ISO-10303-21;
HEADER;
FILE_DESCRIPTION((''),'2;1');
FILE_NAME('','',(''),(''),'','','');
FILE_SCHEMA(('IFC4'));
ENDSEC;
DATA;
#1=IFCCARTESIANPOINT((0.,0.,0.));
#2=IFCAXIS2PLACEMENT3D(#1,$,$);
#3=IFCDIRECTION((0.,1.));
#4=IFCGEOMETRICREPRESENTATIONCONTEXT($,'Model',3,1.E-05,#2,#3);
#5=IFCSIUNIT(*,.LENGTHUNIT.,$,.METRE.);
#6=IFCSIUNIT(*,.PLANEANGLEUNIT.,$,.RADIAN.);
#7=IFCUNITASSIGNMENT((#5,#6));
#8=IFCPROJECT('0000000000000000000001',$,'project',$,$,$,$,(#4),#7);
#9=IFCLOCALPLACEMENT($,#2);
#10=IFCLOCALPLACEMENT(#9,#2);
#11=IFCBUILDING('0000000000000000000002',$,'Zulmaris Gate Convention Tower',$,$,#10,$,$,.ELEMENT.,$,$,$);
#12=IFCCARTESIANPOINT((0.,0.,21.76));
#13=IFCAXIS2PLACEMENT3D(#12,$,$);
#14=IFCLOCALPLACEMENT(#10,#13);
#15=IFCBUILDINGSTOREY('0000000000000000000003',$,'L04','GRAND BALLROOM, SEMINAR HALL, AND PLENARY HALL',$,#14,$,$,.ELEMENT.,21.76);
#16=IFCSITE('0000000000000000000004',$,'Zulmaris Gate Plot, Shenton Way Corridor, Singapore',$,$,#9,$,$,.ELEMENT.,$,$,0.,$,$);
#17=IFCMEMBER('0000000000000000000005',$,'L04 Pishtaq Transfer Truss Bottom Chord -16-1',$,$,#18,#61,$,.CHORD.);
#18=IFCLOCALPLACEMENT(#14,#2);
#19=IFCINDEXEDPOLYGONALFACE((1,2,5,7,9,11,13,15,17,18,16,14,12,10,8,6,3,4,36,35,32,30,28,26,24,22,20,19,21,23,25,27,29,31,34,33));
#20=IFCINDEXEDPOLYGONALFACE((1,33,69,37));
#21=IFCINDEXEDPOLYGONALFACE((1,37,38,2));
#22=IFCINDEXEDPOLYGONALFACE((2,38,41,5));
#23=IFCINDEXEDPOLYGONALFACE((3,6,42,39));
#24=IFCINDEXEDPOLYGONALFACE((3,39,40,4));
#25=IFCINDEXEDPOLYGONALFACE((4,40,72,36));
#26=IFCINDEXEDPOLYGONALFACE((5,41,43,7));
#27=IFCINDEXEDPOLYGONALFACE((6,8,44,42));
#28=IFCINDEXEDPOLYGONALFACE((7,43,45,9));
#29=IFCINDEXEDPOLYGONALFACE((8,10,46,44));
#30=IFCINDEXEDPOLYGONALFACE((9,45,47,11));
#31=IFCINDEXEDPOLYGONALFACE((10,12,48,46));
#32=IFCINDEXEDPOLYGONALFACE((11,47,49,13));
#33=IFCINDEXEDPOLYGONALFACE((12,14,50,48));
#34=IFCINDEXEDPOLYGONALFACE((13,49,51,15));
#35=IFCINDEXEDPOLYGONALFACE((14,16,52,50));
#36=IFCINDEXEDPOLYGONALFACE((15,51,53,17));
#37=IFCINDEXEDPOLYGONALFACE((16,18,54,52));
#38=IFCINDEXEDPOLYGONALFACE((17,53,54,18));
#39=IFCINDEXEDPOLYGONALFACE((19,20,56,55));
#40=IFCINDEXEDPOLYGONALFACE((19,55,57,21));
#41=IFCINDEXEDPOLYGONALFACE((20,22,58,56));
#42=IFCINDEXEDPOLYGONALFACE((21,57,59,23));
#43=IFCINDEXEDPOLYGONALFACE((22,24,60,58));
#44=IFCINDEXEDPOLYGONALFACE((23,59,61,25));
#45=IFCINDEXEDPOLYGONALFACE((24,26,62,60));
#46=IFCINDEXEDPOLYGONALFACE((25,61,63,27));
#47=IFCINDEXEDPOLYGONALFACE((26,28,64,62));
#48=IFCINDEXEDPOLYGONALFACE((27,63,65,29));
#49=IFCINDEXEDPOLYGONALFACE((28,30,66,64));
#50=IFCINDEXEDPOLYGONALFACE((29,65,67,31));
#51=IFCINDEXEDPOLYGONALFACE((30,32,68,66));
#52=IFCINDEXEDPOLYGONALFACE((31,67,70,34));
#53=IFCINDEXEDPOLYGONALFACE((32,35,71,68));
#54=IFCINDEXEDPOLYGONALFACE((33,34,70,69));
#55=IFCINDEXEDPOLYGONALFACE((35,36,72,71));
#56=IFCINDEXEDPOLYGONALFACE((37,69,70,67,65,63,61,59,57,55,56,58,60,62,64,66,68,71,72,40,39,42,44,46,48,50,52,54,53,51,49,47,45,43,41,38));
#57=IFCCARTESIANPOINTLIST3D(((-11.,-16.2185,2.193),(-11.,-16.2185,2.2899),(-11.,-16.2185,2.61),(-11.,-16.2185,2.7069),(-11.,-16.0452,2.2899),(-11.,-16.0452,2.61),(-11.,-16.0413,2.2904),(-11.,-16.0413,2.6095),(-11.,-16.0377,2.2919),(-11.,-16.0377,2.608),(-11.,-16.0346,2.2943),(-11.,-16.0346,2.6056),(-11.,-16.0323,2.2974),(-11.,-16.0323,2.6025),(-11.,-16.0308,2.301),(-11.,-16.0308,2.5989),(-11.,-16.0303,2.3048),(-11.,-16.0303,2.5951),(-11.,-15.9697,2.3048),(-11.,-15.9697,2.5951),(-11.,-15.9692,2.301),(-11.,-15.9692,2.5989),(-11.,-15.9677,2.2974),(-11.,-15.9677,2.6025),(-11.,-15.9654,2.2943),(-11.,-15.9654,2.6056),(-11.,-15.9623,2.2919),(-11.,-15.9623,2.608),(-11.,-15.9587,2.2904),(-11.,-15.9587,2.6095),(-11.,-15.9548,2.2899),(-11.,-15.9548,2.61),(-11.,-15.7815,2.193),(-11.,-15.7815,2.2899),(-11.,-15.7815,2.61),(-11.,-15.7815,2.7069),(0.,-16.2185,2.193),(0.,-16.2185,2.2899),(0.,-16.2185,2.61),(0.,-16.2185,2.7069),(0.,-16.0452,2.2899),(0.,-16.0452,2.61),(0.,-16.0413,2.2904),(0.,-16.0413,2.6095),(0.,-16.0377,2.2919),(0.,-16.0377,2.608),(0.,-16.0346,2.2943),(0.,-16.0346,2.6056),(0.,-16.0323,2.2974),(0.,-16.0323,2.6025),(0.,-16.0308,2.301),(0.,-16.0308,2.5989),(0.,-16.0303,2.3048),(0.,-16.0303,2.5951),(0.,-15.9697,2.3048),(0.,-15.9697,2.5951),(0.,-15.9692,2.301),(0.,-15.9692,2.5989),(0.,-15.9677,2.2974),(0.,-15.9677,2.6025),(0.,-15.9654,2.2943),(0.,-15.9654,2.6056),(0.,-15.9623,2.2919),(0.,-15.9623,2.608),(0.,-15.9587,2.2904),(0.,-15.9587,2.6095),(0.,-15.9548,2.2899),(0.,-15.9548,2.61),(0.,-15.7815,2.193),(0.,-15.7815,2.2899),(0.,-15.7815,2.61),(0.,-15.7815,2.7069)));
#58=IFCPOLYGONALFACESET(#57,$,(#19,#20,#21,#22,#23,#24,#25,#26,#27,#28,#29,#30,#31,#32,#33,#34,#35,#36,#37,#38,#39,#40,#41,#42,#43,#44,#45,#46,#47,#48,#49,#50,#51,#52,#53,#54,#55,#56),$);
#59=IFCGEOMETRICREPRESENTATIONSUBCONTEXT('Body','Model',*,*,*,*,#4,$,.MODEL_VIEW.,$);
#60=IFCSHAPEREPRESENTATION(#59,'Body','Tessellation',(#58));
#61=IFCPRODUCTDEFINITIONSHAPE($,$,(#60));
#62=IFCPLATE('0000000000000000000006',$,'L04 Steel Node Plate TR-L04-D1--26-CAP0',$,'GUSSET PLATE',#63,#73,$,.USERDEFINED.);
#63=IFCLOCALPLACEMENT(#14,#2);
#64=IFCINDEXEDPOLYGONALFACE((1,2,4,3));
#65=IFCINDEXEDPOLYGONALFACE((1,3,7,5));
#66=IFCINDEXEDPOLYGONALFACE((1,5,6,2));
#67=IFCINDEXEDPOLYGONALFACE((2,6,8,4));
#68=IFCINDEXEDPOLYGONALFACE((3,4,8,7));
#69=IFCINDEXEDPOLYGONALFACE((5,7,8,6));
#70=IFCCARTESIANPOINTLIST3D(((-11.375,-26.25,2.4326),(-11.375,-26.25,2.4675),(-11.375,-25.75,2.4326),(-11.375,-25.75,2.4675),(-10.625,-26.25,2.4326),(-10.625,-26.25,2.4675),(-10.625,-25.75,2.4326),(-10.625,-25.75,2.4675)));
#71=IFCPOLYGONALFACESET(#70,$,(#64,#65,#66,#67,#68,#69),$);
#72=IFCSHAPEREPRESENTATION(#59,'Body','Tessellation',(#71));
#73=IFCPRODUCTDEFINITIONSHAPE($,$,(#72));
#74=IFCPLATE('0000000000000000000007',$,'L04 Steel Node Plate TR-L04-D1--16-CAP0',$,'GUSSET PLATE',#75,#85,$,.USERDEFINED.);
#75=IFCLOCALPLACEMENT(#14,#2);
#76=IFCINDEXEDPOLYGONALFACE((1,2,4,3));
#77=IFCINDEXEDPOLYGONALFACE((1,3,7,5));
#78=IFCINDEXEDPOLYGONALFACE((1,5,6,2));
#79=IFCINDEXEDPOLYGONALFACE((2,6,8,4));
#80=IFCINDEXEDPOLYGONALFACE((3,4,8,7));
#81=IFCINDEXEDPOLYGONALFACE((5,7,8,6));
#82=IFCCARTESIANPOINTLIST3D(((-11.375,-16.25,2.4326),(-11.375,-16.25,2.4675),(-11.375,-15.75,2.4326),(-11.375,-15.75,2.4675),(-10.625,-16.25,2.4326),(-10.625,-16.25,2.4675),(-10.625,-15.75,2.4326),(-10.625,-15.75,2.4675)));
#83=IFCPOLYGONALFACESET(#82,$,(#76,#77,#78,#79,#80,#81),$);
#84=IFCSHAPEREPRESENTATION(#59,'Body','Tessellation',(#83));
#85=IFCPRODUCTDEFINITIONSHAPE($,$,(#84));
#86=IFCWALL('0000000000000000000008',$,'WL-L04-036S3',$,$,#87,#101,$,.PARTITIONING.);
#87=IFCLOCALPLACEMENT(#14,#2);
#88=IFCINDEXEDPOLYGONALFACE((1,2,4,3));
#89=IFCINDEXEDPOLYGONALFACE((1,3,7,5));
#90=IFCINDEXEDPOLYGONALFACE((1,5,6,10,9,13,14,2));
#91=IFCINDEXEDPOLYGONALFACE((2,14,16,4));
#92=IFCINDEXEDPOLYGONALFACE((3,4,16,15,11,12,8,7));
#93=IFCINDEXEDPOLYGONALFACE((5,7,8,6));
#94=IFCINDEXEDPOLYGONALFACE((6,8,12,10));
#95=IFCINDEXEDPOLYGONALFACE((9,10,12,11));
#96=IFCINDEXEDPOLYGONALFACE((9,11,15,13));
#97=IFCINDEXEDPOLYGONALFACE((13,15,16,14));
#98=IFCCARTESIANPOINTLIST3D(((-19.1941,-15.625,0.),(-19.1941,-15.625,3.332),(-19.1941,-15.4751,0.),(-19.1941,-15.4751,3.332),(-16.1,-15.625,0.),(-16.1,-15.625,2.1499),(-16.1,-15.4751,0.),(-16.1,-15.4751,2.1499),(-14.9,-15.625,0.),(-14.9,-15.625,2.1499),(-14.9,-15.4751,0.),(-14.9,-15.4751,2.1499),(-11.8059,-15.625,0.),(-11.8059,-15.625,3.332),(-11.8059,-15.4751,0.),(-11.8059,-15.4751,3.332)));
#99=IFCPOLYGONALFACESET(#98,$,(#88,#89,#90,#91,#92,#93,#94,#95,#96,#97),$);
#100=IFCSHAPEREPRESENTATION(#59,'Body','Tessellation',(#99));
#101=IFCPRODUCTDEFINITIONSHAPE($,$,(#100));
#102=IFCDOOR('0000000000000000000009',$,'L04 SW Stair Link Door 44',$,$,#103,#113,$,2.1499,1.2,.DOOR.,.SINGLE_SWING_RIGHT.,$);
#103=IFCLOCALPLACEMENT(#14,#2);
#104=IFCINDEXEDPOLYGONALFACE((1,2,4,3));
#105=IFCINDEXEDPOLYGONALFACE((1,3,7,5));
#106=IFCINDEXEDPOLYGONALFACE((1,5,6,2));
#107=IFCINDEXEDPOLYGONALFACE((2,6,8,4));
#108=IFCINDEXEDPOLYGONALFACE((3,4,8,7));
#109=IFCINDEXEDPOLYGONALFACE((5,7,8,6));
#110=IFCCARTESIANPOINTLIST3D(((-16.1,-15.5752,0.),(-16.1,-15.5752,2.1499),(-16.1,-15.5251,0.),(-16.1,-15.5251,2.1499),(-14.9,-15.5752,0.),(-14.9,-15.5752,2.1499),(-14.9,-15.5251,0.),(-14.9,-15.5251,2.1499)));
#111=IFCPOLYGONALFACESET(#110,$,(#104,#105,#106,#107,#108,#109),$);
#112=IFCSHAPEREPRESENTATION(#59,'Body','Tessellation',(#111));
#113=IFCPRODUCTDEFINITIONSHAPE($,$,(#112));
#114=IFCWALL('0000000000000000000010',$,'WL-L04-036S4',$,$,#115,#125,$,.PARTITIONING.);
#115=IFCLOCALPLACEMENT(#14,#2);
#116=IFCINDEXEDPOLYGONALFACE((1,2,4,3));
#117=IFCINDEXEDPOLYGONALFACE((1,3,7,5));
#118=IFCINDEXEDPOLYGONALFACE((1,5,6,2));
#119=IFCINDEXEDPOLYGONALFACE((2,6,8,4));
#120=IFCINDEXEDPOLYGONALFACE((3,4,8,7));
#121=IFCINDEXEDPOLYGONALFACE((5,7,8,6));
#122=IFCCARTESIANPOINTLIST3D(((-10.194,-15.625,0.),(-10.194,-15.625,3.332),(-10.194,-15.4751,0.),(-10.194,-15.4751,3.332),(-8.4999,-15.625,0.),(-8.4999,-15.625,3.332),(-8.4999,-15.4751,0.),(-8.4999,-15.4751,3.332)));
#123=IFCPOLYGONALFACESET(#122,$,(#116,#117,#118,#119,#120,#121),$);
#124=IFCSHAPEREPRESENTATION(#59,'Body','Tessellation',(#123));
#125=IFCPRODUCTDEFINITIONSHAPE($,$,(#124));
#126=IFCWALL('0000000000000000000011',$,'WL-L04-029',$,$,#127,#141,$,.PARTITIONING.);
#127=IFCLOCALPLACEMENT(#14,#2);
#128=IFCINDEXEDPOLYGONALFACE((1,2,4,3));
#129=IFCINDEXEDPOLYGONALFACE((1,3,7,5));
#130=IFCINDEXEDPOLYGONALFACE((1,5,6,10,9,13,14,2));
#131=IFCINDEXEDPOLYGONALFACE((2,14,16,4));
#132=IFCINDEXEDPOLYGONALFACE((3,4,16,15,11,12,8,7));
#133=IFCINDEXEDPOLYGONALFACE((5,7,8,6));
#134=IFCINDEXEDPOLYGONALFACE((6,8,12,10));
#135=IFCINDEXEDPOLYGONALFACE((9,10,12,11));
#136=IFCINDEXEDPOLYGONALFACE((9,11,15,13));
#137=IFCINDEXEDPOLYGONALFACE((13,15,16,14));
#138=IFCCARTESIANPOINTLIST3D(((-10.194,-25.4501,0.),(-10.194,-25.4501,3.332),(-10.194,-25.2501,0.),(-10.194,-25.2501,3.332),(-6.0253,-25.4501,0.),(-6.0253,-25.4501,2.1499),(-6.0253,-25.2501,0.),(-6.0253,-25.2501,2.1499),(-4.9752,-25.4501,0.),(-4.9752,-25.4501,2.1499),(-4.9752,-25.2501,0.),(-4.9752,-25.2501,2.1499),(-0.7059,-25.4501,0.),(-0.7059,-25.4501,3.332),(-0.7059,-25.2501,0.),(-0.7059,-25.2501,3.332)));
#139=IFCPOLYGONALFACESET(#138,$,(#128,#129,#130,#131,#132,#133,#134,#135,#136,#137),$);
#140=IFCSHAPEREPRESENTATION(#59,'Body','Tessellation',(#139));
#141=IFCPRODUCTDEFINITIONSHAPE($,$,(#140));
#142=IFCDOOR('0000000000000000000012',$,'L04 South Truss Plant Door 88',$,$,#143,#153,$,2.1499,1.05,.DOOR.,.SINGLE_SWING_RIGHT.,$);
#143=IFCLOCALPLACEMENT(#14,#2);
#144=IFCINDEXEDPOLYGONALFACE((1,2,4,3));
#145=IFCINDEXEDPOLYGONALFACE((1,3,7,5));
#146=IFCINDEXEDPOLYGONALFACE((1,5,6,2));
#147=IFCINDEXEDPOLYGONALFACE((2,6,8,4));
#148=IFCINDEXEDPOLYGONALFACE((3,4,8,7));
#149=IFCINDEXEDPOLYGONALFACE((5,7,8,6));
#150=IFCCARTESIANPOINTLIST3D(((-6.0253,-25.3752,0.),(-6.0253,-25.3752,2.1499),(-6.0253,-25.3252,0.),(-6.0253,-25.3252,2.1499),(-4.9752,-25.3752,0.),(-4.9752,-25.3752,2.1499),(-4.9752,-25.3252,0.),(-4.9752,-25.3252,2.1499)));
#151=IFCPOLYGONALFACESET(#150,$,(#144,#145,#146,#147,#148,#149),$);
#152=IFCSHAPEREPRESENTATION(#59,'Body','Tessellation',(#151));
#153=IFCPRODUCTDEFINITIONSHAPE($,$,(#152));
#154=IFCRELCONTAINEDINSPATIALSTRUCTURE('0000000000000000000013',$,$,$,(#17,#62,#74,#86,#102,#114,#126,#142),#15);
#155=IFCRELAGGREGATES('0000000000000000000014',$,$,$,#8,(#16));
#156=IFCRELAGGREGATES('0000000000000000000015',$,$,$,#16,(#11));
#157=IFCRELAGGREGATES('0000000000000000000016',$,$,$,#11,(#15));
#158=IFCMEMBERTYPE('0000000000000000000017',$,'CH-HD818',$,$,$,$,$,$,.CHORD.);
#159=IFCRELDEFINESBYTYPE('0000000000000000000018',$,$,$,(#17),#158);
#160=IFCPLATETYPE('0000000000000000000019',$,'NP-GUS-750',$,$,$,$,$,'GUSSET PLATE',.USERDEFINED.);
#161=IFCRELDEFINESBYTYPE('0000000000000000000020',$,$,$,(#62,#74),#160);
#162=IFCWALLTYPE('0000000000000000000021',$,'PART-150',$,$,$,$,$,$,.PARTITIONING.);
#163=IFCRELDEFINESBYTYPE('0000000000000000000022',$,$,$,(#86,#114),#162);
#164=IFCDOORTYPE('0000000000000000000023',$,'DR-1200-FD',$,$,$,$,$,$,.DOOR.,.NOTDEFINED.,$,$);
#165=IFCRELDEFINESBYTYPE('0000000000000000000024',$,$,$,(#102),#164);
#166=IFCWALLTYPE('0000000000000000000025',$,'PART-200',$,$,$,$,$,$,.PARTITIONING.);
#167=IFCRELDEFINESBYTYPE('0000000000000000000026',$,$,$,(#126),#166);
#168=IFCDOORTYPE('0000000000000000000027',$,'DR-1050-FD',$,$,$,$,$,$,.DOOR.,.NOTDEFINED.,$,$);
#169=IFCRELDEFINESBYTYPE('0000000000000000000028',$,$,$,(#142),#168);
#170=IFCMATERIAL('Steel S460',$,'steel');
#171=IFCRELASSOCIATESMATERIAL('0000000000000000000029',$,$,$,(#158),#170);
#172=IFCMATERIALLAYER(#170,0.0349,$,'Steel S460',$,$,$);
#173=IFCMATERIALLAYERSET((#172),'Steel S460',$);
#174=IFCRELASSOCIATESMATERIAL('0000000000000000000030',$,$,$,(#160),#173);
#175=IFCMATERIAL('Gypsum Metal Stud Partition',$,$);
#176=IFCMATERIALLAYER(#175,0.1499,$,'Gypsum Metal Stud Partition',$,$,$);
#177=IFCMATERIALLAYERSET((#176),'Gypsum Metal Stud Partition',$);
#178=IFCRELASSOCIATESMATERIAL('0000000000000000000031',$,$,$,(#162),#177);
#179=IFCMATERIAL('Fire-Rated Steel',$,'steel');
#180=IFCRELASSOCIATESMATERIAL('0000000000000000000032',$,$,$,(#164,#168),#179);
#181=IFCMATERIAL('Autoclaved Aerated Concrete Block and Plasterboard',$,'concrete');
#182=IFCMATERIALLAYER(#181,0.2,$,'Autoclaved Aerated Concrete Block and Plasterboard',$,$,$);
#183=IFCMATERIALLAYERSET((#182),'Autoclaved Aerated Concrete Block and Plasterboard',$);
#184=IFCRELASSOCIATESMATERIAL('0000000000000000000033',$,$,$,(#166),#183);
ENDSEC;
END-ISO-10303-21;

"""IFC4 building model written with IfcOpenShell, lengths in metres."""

from ifc_helpers import new_model, si_unit, direction, frame, frame_2d, origin, origin_2d, place, context, subcontext, project, spatial, rectangle, i_section, extrude, material, layer, layer_set, material_profile, profile_set, type_object, element, fill, save


model = new_model("IFC4")

# Units and contexts
model_context = context("Model", 3, precision=1e-05, world=origin(), true_north=direction((0.0, 1.0)))
body_context = subcontext(model_context, "Body", "Model", "MODEL_VIEW")
ifc_project = project(units=[si_unit("LENGTHUNIT", "METRE"), si_unit("PLANEANGLEUNIT", "RADIAN")], contexts=[model_context])

# Site, building, storey
site_placement = place(None, origin())
site = spatial("IfcSite", under=ifc_project, at=site_placement, Name="Zulmaris Gate Plot, Shenton Way Corridor, Singapore", CompositionType="ELEMENT", RefElevation=0.0)
building_placement = place(site_placement, origin())
building = spatial("IfcBuilding", under=site, at=building_placement, Name="Zulmaris Gate Convention Tower", CompositionType="ELEMENT")
storey_placement = place(building_placement, frame((0.0, 0.0, 21.76)))
storey = spatial("IfcBuildingStorey", under=building, at=storey_placement, Name="L04", Description="GRAND BALLROOM, SEMINAR HALL, AND PLENARY HALL", CompositionType="ELEMENT", Elevation=21.76)

# Member
ifc_material_1 = material(Name="Steel S460", Category="steel")
ifc_material_profile_1 = material_profile(ifc_material_1, i_section(OverallWidth=0.437, OverallDepth=0.5139, WebThickness=0.0605, FlangeThickness=0.0969, FilletRadius=0.0149, at=origin_2d()), Name="HD 400x818")
ifc_profile_set_1 = profile_set([ifc_material_profile_1], Name="Steel S460")
member_type_1 = type_object("IfcMemberType", Name="CH-HD818", PredefinedType="CHORD", material=ifc_profile_set_1)
for number, where, z_axis, x_axis, name in (
    (1, (-11.0, -16.0, 2.45), (1.0, 0.0, 0.0), (0.0, 1.0, 0.0), "L04 Pishtaq Transfer Truss Bottom Chord -16-1"),
):
    element("IfcMember", number, at=place(storey_placement, frame(where, z_axis=z_axis, x_axis=x_axis)), inside=storey, type_object=member_type_1, Name=name, PredefinedType="CHORD", context=body_context, shape_type="SweptSolid", body=[
        extrude(i_section(OverallWidth=0.437, OverallDepth=0.5139, WebThickness=0.0605, FlangeThickness=0.0969, FilletRadius=0.0149, at=origin_2d()), origin(), (0.0, 0.0, 1.0), 11.0),
    ])

# Plates
ifc_layer_1 = layer(ifc_material_1, 0.0349, Name="Steel S460")
ifc_layer_set_1 = layer_set([ifc_layer_1], Name="Steel S460")
plate_type = type_object("IfcPlateType", Name="NP-GUS-750", ElementType="GUSSET PLATE", PredefinedType="USERDEFINED", material=ifc_layer_set_1)
for number, where, z_axis, x_axis, name in (
    (2, (-11.0, -26.0, 2.4326), (0.0, 0.0, 1.0), (1.0, 0.0, 0.0), "L04 Steel Node Plate TR-L04-D1--26-CAP0"),
    (3, (-11.0, -16.0, 2.4326), (0.0, 0.0, 1.0), (1.0, 0.0, 0.0), "L04 Steel Node Plate TR-L04-D1--16-CAP0"),
):
    element("IfcPlate", number, at=place(storey_placement, frame(where, z_axis=z_axis, x_axis=x_axis)), inside=storey, type_object=plate_type, Name=name, ObjectType="GUSSET PLATE", PredefinedType="USERDEFINED", context=body_context, shape_type="SweptSolid", body=[
        extrude(rectangle(XDim=0.75, YDim=0.5, at=origin_2d()), origin(), (0.0, 0.0, 1.0), 0.0349),
    ])

# Wall, opening, door
ifc_material_2 = material(Name="Gypsum Metal Stud Partition")
ifc_layer_2 = layer(ifc_material_2, 0.1499, Name="Gypsum Metal Stud Partition")
ifc_layer_set_2 = layer_set([ifc_layer_2], Name="Gypsum Metal Stud Partition")
wall_type_1 = type_object("IfcWallType", Name="PART-150", PredefinedType="PARTITIONING", material=ifc_layer_set_2)
wall_1_placement = place(storey_placement, frame((-19.1941, -15.55, 0.0), z_axis=(0.0, 0.0, 1.0), x_axis=(1.0, 0.0, 0.0)))
wall_1 = element("IfcWall", 4, at=wall_1_placement, inside=storey, type_object=wall_type_1, Name="WL-L04-036S3", PredefinedType="PARTITIONING", context=body_context, shape_type="SweptSolid", body=[
    extrude(rectangle(XDim=7.3882, YDim=0.1499, at=frame_2d((3.6941, 0.0))), origin(), (0.0, 0.0, 1.0), 3.332),
])
opening_1_placement = place(wall_1_placement, frame((3.094, 0.0, 0.0)))
opening_1 = element("IfcOpeningElement", 5, at=opening_1_placement, cuts=wall_1, PredefinedType="OPENING", context=body_context, shape_type="SweptSolid", body=[
    extrude(rectangle(XDim=1.2, YDim=2.1499, at=frame_2d((0.6001, 1.075))), frame((0.0, 0.085, 0.0), z_axis=(0.0, -1.0, 0.0), x_axis=(1.0, 0.0, 0.0)), (0.0, 0.0, 1.0), 0.1699),
])
ifc_material_3 = material(Name="Fire-Rated Steel", Category="steel")
door_type_1 = type_object("IfcDoorType", Name="DR-1200-FD", OperationType="NOTDEFINED", PredefinedType="DOOR", material=ifc_material_3)
door_1_placement = place(opening_1_placement, origin())
door_1 = element("IfcDoor", 6, at=door_1_placement, inside=storey, type_object=door_type_1, Name="L04 SW Stair Link Door 44", OperationType="SINGLE_SWING_RIGHT", OverallHeight=2.1499, OverallWidth=1.2, PredefinedType="DOOR", context=body_context, shape_type="SweptSolid", body=[
    extrude(rectangle(XDim=1.2, YDim=2.1499, at=frame_2d((0.6001, 1.075))), frame((0.0, 0.0249, 0.0), z_axis=(0.0, -1.0, 0.0), x_axis=(1.0, 0.0, 0.0)), (0.0, 0.0, 1.0), 0.05),
])
fill(opening_1, door_1)

# Wall
wall_2_placement = place(storey_placement, frame((-10.1941, -15.55, 0.0), z_axis=(0.0, 0.0, 1.0), x_axis=(1.0, 0.0, 0.0)))
element("IfcWall", 7, at=wall_2_placement, inside=storey, type_object=wall_type_1, Name="WL-L04-036S4", PredefinedType="PARTITIONING", context=body_context, shape_type="SweptSolid", body=[
    extrude(rectangle(XDim=1.6941, YDim=0.1499, at=frame_2d((0.8472, 0.0))), origin(), (0.0, 0.0, 1.0), 3.332),
])

# Wall, opening, door
ifc_material_4 = material(Name="Autoclaved Aerated Concrete Block and Plasterboard", Category="concrete")
ifc_layer_3 = layer(ifc_material_4, 0.2, Name="Autoclaved Aerated Concrete Block and Plasterboard")
ifc_layer_set_3 = layer_set([ifc_layer_3], Name="Autoclaved Aerated Concrete Block and Plasterboard")
wall_type_2 = type_object("IfcWallType", Name="PART-200", PredefinedType="PARTITIONING", material=ifc_layer_set_3)
wall_3_placement = place(storey_placement, frame((-10.1941, -25.3501, 0.0), z_axis=(0.0, 0.0, 1.0), x_axis=(1.0, 0.0, 0.0)))
wall_3 = element("IfcWall", 8, at=wall_3_placement, inside=storey, type_object=wall_type_2, Name="WL-L04-029", PredefinedType="PARTITIONING", context=body_context, shape_type="SweptSolid", body=[
    extrude(rectangle(XDim=9.488, YDim=0.2, at=frame_2d((4.7441, 0.0))), origin(), (0.0, 0.0, 1.0), 3.332),
])
opening_2_placement = place(wall_3_placement, frame((4.1689, 0.0, 0.0)))
opening_2 = element("IfcOpeningElement", 9, at=opening_2_placement, cuts=wall_3, PredefinedType="OPENING", context=body_context, shape_type="SweptSolid", body=[
    extrude(rectangle(XDim=1.05, YDim=2.1499, at=frame_2d((0.5249, 1.075))), frame((0.0, 0.1099, 0.0), z_axis=(0.0, -1.0, 0.0), x_axis=(1.0, 0.0, 0.0)), (0.0, 0.0, 1.0), 0.22),
])
door_type_2 = type_object("IfcDoorType", Name="DR-1050-FD", OperationType="NOTDEFINED", PredefinedType="DOOR", material=ifc_material_3)
door_2_placement = place(opening_2_placement, origin())
door_2 = element("IfcDoor", 10, at=door_2_placement, inside=storey, type_object=door_type_2, Name="L04 South Truss Plant Door 88", OperationType="SINGLE_SWING_RIGHT", OverallHeight=2.1499, OverallWidth=1.05, PredefinedType="DOOR", context=body_context, shape_type="SweptSolid", body=[
    extrude(rectangle(XDim=1.05, YDim=2.1499, at=frame_2d((0.5249, 1.075))), frame((0.0, 0.0249, 0.0), z_axis=(0.0, -1.0, 0.0), x_axis=(1.0, 0.0, 0.0)), (0.0, 0.0, 1.0), 0.05),
])
fill(opening_2, door_2)

save(model, "model.ifc")
